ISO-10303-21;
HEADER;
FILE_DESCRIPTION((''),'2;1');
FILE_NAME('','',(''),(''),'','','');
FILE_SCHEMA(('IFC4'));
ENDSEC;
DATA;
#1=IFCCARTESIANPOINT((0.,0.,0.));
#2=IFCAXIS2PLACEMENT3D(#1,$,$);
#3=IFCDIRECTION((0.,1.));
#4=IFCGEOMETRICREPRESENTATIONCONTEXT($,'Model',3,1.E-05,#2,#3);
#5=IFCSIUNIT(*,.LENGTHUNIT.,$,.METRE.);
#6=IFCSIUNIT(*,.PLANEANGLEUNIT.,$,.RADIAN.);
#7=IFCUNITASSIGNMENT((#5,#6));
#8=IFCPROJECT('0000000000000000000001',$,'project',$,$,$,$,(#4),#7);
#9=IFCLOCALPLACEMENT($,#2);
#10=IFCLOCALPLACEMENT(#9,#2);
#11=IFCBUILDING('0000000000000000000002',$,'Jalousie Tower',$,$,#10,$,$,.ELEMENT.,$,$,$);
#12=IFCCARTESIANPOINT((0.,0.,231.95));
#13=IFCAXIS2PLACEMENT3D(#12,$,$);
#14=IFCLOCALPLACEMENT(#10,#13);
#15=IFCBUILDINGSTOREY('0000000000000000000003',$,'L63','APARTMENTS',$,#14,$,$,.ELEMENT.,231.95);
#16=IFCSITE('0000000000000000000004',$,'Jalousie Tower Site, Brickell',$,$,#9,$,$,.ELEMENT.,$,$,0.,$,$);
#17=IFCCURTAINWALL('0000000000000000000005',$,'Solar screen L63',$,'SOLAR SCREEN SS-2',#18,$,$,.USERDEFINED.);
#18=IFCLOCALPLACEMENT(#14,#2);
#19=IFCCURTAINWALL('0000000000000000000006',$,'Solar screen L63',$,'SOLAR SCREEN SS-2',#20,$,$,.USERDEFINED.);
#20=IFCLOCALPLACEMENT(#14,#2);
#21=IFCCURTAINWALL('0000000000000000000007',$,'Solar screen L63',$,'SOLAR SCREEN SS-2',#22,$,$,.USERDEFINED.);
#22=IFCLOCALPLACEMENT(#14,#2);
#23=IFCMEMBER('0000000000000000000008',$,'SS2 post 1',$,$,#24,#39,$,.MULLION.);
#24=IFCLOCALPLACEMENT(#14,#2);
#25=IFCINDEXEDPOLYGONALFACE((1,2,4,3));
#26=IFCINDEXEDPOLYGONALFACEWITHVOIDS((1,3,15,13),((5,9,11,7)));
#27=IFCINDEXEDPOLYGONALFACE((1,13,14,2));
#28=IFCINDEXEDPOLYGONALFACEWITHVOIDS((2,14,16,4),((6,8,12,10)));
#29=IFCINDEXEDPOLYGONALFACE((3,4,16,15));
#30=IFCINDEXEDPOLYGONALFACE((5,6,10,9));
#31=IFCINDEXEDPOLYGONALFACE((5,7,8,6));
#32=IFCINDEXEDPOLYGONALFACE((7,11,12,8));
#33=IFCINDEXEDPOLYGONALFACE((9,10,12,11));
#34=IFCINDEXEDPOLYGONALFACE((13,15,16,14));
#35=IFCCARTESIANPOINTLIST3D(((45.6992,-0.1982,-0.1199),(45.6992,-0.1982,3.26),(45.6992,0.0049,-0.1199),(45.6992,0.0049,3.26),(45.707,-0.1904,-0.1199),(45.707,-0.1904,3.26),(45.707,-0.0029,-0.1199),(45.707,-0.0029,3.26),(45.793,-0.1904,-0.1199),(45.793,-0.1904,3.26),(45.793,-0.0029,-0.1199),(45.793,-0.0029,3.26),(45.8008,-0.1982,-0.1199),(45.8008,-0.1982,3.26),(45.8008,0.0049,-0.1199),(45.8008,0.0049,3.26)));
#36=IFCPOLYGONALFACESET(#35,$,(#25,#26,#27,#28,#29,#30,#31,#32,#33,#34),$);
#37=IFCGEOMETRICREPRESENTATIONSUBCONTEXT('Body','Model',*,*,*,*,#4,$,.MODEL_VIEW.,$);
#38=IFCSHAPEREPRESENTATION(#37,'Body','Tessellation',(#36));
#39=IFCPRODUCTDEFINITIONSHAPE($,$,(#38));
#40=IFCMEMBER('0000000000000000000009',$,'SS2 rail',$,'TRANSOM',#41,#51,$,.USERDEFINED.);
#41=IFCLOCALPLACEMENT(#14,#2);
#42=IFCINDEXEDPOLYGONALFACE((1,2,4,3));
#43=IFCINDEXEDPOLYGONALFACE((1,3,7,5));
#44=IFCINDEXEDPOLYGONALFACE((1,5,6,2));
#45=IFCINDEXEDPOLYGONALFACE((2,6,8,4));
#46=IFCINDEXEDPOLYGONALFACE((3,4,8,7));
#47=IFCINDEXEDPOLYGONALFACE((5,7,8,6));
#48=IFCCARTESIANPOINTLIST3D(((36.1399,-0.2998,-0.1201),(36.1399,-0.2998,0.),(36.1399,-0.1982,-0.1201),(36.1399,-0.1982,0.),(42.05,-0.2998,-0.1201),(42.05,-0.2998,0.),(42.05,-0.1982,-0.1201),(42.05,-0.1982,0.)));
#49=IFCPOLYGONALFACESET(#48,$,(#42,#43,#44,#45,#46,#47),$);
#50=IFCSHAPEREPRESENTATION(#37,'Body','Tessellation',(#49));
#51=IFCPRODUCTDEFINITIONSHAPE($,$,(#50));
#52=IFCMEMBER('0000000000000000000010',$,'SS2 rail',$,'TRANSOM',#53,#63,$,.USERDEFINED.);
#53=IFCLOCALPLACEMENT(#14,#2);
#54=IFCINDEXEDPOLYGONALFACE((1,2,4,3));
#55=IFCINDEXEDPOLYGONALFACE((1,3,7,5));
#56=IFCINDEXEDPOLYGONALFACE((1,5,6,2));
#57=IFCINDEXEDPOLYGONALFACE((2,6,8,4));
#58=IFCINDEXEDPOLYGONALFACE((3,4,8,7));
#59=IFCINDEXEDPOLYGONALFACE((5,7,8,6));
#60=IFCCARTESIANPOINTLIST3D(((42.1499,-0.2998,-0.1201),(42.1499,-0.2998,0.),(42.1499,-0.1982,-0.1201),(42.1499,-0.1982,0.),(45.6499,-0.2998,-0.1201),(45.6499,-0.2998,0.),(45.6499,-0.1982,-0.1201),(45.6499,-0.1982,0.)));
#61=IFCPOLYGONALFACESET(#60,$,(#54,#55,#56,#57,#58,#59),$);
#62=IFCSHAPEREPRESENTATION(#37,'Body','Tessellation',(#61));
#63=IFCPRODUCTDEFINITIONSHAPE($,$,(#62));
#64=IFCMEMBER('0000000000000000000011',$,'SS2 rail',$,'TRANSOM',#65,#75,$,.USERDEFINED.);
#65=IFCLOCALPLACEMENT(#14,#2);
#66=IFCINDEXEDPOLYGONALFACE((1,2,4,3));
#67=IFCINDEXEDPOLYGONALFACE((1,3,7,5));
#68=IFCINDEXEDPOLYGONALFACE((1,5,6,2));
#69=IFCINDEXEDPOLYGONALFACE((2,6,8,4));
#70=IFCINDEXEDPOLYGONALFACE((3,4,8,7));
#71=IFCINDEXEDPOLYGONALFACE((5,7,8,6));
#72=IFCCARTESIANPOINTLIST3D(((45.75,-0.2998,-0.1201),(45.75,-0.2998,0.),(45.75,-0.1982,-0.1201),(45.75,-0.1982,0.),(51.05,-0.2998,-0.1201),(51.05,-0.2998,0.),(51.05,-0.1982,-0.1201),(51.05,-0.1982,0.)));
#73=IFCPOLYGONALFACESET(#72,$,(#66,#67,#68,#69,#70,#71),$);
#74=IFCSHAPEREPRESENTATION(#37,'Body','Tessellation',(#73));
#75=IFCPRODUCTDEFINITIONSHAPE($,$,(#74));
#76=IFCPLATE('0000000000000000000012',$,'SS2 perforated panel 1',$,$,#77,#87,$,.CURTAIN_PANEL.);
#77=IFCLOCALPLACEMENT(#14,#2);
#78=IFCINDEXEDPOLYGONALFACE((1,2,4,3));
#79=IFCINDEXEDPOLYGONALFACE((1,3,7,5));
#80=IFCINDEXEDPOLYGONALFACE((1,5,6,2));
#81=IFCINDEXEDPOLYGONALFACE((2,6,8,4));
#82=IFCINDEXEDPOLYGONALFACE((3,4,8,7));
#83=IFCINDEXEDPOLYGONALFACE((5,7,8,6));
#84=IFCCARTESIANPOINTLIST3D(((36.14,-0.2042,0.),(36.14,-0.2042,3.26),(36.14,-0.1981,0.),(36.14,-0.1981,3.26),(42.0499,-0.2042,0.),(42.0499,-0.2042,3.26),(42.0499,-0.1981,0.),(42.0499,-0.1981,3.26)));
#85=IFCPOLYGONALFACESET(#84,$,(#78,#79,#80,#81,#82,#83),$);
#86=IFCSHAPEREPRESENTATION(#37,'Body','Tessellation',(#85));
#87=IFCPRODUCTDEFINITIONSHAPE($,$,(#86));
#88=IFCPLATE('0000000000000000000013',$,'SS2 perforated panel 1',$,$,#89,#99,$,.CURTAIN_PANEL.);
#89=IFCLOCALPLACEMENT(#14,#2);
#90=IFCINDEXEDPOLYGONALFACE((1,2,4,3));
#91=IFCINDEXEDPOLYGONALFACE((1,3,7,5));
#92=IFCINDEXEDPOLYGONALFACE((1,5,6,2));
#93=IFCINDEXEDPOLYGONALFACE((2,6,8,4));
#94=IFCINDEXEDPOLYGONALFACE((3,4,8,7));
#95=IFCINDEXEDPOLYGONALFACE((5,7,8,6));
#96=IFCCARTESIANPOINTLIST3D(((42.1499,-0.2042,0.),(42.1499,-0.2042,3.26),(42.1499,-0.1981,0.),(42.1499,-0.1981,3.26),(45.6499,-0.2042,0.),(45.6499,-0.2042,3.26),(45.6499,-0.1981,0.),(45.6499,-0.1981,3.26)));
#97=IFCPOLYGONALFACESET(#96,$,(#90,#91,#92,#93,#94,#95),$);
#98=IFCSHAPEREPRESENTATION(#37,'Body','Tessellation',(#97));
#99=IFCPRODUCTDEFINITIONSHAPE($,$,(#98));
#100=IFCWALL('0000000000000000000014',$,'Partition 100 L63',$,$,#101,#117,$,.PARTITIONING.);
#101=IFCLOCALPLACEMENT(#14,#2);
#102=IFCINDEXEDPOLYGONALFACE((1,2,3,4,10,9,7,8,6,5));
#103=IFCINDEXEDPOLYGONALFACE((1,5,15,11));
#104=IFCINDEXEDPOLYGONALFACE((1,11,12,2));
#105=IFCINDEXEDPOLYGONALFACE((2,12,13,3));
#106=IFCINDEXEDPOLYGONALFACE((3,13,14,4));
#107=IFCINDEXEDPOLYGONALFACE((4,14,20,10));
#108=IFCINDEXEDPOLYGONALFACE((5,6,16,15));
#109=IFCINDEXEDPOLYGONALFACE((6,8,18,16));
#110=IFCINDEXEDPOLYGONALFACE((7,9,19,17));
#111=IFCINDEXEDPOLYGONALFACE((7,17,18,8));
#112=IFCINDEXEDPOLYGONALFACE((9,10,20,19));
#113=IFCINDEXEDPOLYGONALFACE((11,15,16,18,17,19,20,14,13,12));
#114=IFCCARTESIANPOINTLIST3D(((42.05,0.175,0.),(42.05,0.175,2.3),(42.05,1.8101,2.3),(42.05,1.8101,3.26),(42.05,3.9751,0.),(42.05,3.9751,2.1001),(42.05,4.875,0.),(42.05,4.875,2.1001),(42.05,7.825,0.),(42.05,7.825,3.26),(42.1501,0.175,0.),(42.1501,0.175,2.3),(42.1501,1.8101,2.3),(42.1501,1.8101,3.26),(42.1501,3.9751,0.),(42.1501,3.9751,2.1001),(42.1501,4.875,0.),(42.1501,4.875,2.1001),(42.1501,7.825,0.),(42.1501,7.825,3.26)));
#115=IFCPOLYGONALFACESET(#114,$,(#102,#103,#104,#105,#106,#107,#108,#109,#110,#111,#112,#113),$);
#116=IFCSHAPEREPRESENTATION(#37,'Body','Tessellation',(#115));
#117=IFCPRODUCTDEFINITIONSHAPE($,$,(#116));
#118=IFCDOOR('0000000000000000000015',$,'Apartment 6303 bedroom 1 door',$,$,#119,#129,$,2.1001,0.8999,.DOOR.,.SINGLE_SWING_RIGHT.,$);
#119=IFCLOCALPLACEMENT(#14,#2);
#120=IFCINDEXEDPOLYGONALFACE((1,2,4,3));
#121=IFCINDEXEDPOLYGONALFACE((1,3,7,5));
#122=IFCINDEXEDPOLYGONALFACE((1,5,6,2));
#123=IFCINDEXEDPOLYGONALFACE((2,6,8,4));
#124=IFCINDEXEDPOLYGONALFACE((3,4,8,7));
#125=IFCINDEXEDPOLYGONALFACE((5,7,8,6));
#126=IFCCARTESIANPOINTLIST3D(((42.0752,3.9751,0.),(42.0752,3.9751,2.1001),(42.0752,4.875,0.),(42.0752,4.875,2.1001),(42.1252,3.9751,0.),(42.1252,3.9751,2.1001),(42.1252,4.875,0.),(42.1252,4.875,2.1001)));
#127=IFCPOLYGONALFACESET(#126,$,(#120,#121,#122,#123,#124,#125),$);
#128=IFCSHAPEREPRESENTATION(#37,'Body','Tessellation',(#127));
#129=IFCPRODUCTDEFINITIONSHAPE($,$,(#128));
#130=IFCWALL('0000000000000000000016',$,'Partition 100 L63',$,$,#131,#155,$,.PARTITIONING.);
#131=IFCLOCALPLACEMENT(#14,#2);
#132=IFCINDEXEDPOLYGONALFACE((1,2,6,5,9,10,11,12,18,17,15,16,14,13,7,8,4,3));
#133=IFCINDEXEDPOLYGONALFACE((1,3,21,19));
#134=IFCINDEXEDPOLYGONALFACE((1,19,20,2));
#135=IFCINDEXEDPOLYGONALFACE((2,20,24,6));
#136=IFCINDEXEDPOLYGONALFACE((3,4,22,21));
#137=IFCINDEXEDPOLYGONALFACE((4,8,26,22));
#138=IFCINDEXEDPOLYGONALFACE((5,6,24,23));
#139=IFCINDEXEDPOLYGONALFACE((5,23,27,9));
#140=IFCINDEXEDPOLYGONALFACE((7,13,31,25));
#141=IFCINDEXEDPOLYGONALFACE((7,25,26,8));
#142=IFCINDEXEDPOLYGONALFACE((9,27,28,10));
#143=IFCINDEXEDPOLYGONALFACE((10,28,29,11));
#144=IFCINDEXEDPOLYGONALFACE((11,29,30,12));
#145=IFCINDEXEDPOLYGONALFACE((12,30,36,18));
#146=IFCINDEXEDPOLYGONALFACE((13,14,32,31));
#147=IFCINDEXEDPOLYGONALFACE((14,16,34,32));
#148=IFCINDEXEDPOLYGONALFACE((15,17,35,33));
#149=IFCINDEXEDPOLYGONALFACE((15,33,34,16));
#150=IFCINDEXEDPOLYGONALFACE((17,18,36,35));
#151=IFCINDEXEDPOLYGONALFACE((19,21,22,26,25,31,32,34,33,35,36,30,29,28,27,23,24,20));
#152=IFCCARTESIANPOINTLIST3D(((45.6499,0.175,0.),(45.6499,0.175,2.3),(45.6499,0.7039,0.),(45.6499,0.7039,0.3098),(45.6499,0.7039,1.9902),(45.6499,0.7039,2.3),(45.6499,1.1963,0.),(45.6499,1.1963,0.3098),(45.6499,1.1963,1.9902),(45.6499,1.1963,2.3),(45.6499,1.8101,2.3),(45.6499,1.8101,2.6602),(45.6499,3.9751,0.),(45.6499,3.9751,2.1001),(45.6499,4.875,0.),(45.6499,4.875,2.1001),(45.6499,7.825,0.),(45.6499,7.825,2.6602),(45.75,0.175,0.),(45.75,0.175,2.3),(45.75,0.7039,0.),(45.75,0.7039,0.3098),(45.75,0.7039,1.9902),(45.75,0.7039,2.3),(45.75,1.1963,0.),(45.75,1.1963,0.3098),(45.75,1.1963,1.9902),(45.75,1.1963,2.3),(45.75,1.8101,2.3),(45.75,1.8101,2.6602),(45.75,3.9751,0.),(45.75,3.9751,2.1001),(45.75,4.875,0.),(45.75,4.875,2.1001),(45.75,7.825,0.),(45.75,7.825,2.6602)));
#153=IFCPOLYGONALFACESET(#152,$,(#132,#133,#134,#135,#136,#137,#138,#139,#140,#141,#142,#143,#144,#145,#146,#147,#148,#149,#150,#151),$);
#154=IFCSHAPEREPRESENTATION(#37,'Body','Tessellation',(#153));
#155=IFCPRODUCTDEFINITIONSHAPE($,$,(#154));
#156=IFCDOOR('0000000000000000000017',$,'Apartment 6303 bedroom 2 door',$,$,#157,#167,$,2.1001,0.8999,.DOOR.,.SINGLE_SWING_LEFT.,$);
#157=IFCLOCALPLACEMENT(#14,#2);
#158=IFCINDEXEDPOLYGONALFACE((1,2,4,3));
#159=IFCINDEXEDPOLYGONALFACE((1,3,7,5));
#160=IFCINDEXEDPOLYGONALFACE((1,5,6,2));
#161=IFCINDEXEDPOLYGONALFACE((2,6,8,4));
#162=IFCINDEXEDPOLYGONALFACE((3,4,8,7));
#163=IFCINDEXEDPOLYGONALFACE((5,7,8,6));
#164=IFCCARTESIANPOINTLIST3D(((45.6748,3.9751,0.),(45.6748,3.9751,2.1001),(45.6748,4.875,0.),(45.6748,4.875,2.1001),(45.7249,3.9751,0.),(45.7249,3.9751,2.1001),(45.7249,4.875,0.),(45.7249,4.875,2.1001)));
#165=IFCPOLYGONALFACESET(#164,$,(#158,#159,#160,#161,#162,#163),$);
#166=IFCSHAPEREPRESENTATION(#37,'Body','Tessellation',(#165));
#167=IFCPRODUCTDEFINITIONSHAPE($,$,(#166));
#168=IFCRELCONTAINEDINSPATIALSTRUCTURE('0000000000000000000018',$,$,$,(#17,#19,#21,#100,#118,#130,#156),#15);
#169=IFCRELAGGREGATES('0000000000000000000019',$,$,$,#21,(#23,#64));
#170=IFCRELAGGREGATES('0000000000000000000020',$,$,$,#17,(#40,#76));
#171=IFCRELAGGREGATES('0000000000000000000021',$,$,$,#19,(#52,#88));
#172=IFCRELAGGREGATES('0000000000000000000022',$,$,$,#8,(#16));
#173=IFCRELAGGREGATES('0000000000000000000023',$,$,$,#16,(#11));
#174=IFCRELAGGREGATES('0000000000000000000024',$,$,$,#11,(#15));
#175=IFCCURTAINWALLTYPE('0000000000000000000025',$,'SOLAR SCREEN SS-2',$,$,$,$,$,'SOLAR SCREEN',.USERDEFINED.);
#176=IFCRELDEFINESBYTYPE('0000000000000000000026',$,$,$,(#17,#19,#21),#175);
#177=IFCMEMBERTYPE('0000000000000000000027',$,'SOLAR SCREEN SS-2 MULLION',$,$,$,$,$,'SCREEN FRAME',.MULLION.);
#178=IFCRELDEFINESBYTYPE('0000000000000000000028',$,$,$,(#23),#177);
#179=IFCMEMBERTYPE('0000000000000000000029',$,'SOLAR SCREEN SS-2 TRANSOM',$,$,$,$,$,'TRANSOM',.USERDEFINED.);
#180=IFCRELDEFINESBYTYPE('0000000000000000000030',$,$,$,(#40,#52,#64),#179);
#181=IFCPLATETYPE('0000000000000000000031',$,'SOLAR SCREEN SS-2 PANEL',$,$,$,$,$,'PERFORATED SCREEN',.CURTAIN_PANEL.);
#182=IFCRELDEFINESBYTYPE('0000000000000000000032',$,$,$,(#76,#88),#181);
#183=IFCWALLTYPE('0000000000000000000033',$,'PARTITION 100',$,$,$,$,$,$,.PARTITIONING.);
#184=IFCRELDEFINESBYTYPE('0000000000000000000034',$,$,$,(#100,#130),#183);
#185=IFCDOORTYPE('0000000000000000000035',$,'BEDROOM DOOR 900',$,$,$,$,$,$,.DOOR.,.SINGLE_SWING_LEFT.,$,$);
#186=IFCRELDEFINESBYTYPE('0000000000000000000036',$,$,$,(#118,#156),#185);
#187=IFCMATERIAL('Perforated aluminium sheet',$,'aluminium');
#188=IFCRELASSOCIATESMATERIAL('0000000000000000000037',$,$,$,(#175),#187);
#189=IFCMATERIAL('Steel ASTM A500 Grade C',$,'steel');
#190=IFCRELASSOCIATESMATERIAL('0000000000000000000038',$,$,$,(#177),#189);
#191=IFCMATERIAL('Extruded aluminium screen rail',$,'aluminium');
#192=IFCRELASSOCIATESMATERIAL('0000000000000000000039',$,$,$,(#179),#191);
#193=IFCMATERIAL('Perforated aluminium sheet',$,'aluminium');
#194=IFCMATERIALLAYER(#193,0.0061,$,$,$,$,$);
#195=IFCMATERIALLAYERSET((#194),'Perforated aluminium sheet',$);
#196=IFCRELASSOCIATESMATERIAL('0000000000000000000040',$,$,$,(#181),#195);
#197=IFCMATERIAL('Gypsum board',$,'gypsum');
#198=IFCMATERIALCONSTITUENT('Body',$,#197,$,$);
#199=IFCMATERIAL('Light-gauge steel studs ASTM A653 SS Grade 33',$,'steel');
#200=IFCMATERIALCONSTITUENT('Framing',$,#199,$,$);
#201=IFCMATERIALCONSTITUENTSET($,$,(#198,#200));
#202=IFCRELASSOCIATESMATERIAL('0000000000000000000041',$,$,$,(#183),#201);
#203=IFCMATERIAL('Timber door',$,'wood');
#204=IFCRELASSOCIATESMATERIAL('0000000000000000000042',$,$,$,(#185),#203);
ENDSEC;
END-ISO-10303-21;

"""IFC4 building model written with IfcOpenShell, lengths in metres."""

from ifc_helpers import new_model, si_unit, direction, frame, frame_2d, origin, origin_2d, place, context, subcontext, project, spatial, polyline, rectangle, hollow_rectangle, outline, extrude, material, layer, layer_set, constituent, constituent_set, material_profile, profile_set, type_object, element, fill, aggregate, save


model = new_model("IFC4")

# Units and contexts
model_context = context("Model", 3, precision=1e-05, world=origin(), true_north=direction((0.0, 1.0)))
body_context = subcontext(model_context, "Body", "Model", "MODEL_VIEW")
ifc_project = project(units=[si_unit("LENGTHUNIT", "METRE"), si_unit("PLANEANGLEUNIT", "RADIAN")], contexts=[model_context])

# Site, building, storey
site_placement = place(None, origin())
site = spatial("IfcSite", under=ifc_project, at=site_placement, Name="Jalousie Tower Site, Brickell", CompositionType="ELEMENT", RefElevation=0.0)
building_placement = place(site_placement, origin())
building = spatial("IfcBuilding", under=site, at=building_placement, Name="Jalousie Tower", CompositionType="ELEMENT")
storey_placement = place(building_placement, frame((0.0, 0.0, 231.95)))
storey = spatial("IfcBuildingStorey", under=building, at=storey_placement, Name="L63", Description="APARTMENTS", CompositionType="ELEMENT", Elevation=231.95)

# Curtain walls
ifc_material_1 = material(Name="Perforated aluminium sheet", Category="aluminium")
curtain_wall_type = type_object("IfcCurtainWallType", Name="SOLAR SCREEN SS-2", ElementType="SOLAR SCREEN", PredefinedType="USERDEFINED", material=ifc_material_1)
curtain_wall_1_placement = place(storey_placement, origin())
curtain_wall_1 = element("IfcCurtainWall", 1, at=curtain_wall_1_placement, inside=storey, type_object=curtain_wall_type, Name="Solar screen L63", ObjectType="SOLAR SCREEN SS-2", PredefinedType="USERDEFINED")
ifc_material_2 = material(Name="Steel ASTM A500 Grade C", Category="steel")
ifc_material_profile_1 = material_profile(ifc_material_2, hollow_rectangle(XDim=0.1016, YDim=0.2031, WallThickness=0.0078, at=origin_2d()), Name="HSS8X4X5/16")
ifc_profile_set_1 = profile_set([ifc_material_profile_1], Name="Steel ASTM A500 Grade C")
member_type_1 = type_object("IfcMemberType", Name="SOLAR SCREEN SS-2 MULLION", ElementType="SCREEN FRAME", PredefinedType="MULLION", material=ifc_profile_set_1)
curtain_wall_2_placement = place(storey_placement, origin())
curtain_wall_2 = element("IfcCurtainWall", 2, at=curtain_wall_2_placement, inside=storey, type_object=curtain_wall_type, Name="Solar screen L63", ObjectType="SOLAR SCREEN SS-2", PredefinedType="USERDEFINED")

# Curtain wall, member
curtain_wall_3_placement = place(storey_placement, origin())
curtain_wall_3 = element("IfcCurtainWall", 3, at=curtain_wall_3_placement, inside=storey, type_object=curtain_wall_type, Name="Solar screen L63", ObjectType="SOLAR SCREEN SS-2", PredefinedType="USERDEFINED")
member_1_placement = place(storey_placement, frame((45.75, -0.0967, -0.1199), z_axis=(0.0, 0.0, 1.0), x_axis=(1.0, 0.0, 0.0)))
member_1 = element("IfcMember", 4, at=member_1_placement, type_object=member_type_1, Name="SS2 post 1", PredefinedType="MULLION", context=body_context, shape_type="SweptSolid", body=[
    extrude(hollow_rectangle(XDim=0.1016, YDim=0.2031, WallThickness=0.0078, at=origin_2d()), origin(), (0.0, 0.0, 1.0), 3.3799),
])

# Members
ifc_material_3 = material(Name="Extruded aluminium screen rail", Category="aluminium")
ifc_material_profile_2 = material_profile(ifc_material_3, rectangle(XDim=0.1016, YDim=0.1201, at=origin_2d()), Name="RAIL 102x120")
ifc_profile_set_2 = profile_set([ifc_material_profile_2], Name="Extruded aluminium screen rail")
member_type_2 = type_object("IfcMemberType", Name="SOLAR SCREEN SS-2 TRANSOM", ElementType="TRANSOM", PredefinedType="USERDEFINED", material=ifc_profile_set_2)
member_2_placement = place(storey_placement, frame((36.1399, -0.249, -0.0601), z_axis=(1.0, 0.0, 0.0), x_axis=(0.0, 1.0, 0.0)))
member_2 = element("IfcMember", 5, at=member_2_placement, type_object=member_type_2, Name="SS2 rail", ObjectType="TRANSOM", PredefinedType="USERDEFINED", context=body_context, shape_type="SweptSolid", body=[
    extrude(rectangle(XDim=0.1016, YDim=0.1201, at=origin_2d()), origin(), (0.0, 0.0, 1.0), 5.9102),
])
member_3_placement = place(storey_placement, frame((42.1499, -0.249, -0.0601), z_axis=(1.0, 0.0, 0.0), x_axis=(0.0, 1.0, 0.0)))
member_3 = element("IfcMember", 6, at=member_3_placement, type_object=member_type_2, Name="SS2 rail", ObjectType="TRANSOM", PredefinedType="USERDEFINED", context=body_context, shape_type="SweptSolid", body=[
    extrude(rectangle(XDim=0.1016, YDim=0.1201, at=origin_2d()), origin(), (0.0, 0.0, 1.0), 3.5),
])
member_4_placement = place(storey_placement, frame((45.75, -0.249, -0.0601), z_axis=(1.0, 0.0, 0.0), x_axis=(0.0, 1.0, 0.0)))
member_4 = element("IfcMember", 7, at=member_4_placement, type_object=member_type_2, Name="SS2 rail", ObjectType="TRANSOM", PredefinedType="USERDEFINED", context=body_context, shape_type="SweptSolid", body=[
    extrude(rectangle(XDim=0.1016, YDim=0.1201, at=origin_2d()), origin(), (0.0, 0.0, 1.0), 5.3),
])
aggregate(curtain_wall_3, [member_1, member_4])

# Plates
ifc_material_4 = material(Name="Perforated aluminium sheet", Category="aluminium")
ifc_layer = layer(ifc_material_4, 0.0061)
ifc_layer_set = layer_set([ifc_layer], Name="Perforated aluminium sheet")
plate_type = type_object("IfcPlateType", Name="SOLAR SCREEN SS-2 PANEL", ElementType="PERFORATED SCREEN", PredefinedType="CURTAIN_PANEL", material=ifc_layer_set)
plate_1_placement = place(storey_placement, frame((39.095, -0.2012, 0.0), z_axis=(0.0, 0.0, 1.0), x_axis=(1.0, 0.0, 0.0)))
plate_1 = element("IfcPlate", 8, at=plate_1_placement, type_object=plate_type, Name="SS2 perforated panel 1", PredefinedType="CURTAIN_PANEL", context=body_context, shape_type="SweptSolid", body=[
    extrude(rectangle(XDim=5.9099, YDim=0.0061, at=origin_2d()), origin(), (0.0, 0.0, 1.0), 3.26),
])
aggregate(curtain_wall_1, [member_2, plate_1])
plate_2_placement = place(storey_placement, frame((43.8999, -0.2012, 0.0), z_axis=(0.0, 0.0, 1.0), x_axis=(1.0, 0.0, 0.0)))
plate_2 = element("IfcPlate", 9, at=plate_2_placement, type_object=plate_type, Name="SS2 perforated panel 1", PredefinedType="CURTAIN_PANEL", context=body_context, shape_type="SweptSolid", body=[
    extrude(rectangle(XDim=3.5, YDim=0.0061, at=origin_2d()), origin(), (0.0, 0.0, 1.0), 3.26),
])
aggregate(curtain_wall_2, [member_3, plate_2])

# Walls, openings, doors
ifc_material_5 = material(Name="Gypsum board", Category="gypsum")
ifc_constituent_1 = constituent(ifc_material_5, Name="Body")
ifc_material_6 = material(Name="Light-gauge steel studs ASTM A653 SS Grade 33", Category="steel")
ifc_constituent_2 = constituent(ifc_material_6, Name="Framing")
ifc_constituent_set_1 = constituent_set(constituents=[ifc_constituent_1, ifc_constituent_2])
wall_type_1 = type_object("IfcWallType", Name="PARTITION 100", PredefinedType="PARTITIONING", material=ifc_constituent_set_1)
wall_1_placement = place(storey_placement, frame((42.1001, 0.175, 0.0), z_axis=(0.0, 0.0, 1.0), x_axis=(0.0, 1.0, 0.0)))
wall_1 = element("IfcWall", 10, at=wall_1_placement, inside=storey, type_object=wall_type_1, Name="Partition 100 L63", PredefinedType="PARTITIONING", context=body_context, shape_type="SweptSolid", body=[
    extrude(outline(polyline([(0.0, 0.0), (7.6499, 0.0), (7.6499, 3.26), (1.635, 3.26), (1.635, 2.3), (0.0, 2.3), (0.0, 3.26), (0.0, 0.0)])), frame((0.0, 0.05, 0.0), z_axis=(0.0, -1.0, 0.0), x_axis=(1.0, 0.0, 0.0)), (0.0, 0.0, 1.0), 0.1001),
])
opening_1_placement = place(wall_1_placement, frame((3.8, 0.0, 0.0)))
opening_1 = element("IfcOpeningElement", 11, at=opening_1_placement, cuts=wall_1, PredefinedType="OPENING", context=body_context, shape_type="SweptSolid", body=[
    extrude(rectangle(XDim=0.8999, YDim=2.1001, at=frame_2d((0.45, 1.05))), frame((0.0, 0.0601, 0.0), z_axis=(0.0, -1.0, 0.0), x_axis=(1.0, 0.0, 0.0)), (0.0, 0.0, 1.0), 0.1201),
])
ifc_material_7 = material(Name="Timber door", Category="wood")
door_type = type_object("IfcDoorType", Name="BEDROOM DOOR 900", OperationType="SINGLE_SWING_LEFT", PredefinedType="DOOR", material=ifc_material_7)
door_1_placement = place(opening_1_placement, origin())
door_1 = element("IfcDoor", 12, at=door_1_placement, inside=storey, type_object=door_type, Name="Apartment 6303 bedroom 1 door", OperationType="SINGLE_SWING_RIGHT", OverallHeight=2.1001, OverallWidth=0.8999, PredefinedType="DOOR", context=body_context, shape_type="SweptSolid", body=[
    extrude(rectangle(XDim=0.8999, YDim=2.1001, at=frame_2d((0.45, 1.05))), frame((0.0, 0.0249, 0.0), z_axis=(0.0, -1.0, 0.0), x_axis=(1.0, 0.0, 0.0)), (0.0, 0.0, 1.0), 0.05),
])
fill(opening_1, door_1)
wall_2_placement = place(storey_placement, frame((45.7, 0.175, 0.0), z_axis=(0.0, 0.0, 1.0), x_axis=(0.0, 1.0, 0.0)))
wall_2 = element("IfcWall", 13, at=wall_2_placement, inside=storey, type_object=wall_type_1, Name="Partition 100 L63", PredefinedType="PARTITIONING", context=body_context, shape_type="SweptSolid", body=[
    extrude(outline(polyline([(0.5288, 2.3), (0.0, 2.3), (0.0, 0.0), (0.5288, 0.0), (0.5288, 0.3098), (1.0212, 0.3098), (1.0212, 0.0), (7.6499, 0.0), (7.6499, 2.6602), (1.635, 2.6602), (1.635, 2.3), (1.0212, 2.3), (1.0212, 1.9902), (0.5288, 1.9902), (0.5288, 2.3)])), frame((0.0, 0.05, 0.0), z_axis=(0.0, -1.0, 0.0), x_axis=(1.0, 0.0, 0.0)), (0.0, 0.0, 1.0), 0.1001),
])
opening_2_placement = place(wall_2_placement, frame((3.8, 0.0, 0.0)))
opening_2 = element("IfcOpeningElement", 14, at=opening_2_placement, cuts=wall_2, PredefinedType="OPENING", context=body_context, shape_type="SweptSolid", body=[
    extrude(rectangle(XDim=0.8999, YDim=2.1001, at=frame_2d((0.45, 1.05))), frame((0.0, 0.0601, 0.0), z_axis=(0.0, -1.0, 0.0), x_axis=(1.0, 0.0, 0.0)), (0.0, 0.0, 1.0), 0.1201),
])
door_2_placement = place(opening_2_placement, frame((0.8999, 0.0, 0.0), z_axis=(0.0, 0.0, 1.0), x_axis=(-1.0, 0.0, 0.0)))
door_2 = element("IfcDoor", 15, at=door_2_placement, inside=storey, type_object=door_type, Name="Apartment 6303 bedroom 2 door", OperationType="SINGLE_SWING_LEFT", OverallHeight=2.1001, OverallWidth=0.8999, PredefinedType="DOOR", context=body_context, shape_type="SweptSolid", body=[
    extrude(rectangle(XDim=0.8999, YDim=2.1001, at=frame_2d((0.45, 1.05))), frame((0.0, 0.0249, 0.0), z_axis=(0.0, -1.0, 0.0), x_axis=(1.0, 0.0, 0.0)), (0.0, 0.0, 1.0), 0.05),
])
fill(opening_2, door_2)

save(model, "model.ifc")
